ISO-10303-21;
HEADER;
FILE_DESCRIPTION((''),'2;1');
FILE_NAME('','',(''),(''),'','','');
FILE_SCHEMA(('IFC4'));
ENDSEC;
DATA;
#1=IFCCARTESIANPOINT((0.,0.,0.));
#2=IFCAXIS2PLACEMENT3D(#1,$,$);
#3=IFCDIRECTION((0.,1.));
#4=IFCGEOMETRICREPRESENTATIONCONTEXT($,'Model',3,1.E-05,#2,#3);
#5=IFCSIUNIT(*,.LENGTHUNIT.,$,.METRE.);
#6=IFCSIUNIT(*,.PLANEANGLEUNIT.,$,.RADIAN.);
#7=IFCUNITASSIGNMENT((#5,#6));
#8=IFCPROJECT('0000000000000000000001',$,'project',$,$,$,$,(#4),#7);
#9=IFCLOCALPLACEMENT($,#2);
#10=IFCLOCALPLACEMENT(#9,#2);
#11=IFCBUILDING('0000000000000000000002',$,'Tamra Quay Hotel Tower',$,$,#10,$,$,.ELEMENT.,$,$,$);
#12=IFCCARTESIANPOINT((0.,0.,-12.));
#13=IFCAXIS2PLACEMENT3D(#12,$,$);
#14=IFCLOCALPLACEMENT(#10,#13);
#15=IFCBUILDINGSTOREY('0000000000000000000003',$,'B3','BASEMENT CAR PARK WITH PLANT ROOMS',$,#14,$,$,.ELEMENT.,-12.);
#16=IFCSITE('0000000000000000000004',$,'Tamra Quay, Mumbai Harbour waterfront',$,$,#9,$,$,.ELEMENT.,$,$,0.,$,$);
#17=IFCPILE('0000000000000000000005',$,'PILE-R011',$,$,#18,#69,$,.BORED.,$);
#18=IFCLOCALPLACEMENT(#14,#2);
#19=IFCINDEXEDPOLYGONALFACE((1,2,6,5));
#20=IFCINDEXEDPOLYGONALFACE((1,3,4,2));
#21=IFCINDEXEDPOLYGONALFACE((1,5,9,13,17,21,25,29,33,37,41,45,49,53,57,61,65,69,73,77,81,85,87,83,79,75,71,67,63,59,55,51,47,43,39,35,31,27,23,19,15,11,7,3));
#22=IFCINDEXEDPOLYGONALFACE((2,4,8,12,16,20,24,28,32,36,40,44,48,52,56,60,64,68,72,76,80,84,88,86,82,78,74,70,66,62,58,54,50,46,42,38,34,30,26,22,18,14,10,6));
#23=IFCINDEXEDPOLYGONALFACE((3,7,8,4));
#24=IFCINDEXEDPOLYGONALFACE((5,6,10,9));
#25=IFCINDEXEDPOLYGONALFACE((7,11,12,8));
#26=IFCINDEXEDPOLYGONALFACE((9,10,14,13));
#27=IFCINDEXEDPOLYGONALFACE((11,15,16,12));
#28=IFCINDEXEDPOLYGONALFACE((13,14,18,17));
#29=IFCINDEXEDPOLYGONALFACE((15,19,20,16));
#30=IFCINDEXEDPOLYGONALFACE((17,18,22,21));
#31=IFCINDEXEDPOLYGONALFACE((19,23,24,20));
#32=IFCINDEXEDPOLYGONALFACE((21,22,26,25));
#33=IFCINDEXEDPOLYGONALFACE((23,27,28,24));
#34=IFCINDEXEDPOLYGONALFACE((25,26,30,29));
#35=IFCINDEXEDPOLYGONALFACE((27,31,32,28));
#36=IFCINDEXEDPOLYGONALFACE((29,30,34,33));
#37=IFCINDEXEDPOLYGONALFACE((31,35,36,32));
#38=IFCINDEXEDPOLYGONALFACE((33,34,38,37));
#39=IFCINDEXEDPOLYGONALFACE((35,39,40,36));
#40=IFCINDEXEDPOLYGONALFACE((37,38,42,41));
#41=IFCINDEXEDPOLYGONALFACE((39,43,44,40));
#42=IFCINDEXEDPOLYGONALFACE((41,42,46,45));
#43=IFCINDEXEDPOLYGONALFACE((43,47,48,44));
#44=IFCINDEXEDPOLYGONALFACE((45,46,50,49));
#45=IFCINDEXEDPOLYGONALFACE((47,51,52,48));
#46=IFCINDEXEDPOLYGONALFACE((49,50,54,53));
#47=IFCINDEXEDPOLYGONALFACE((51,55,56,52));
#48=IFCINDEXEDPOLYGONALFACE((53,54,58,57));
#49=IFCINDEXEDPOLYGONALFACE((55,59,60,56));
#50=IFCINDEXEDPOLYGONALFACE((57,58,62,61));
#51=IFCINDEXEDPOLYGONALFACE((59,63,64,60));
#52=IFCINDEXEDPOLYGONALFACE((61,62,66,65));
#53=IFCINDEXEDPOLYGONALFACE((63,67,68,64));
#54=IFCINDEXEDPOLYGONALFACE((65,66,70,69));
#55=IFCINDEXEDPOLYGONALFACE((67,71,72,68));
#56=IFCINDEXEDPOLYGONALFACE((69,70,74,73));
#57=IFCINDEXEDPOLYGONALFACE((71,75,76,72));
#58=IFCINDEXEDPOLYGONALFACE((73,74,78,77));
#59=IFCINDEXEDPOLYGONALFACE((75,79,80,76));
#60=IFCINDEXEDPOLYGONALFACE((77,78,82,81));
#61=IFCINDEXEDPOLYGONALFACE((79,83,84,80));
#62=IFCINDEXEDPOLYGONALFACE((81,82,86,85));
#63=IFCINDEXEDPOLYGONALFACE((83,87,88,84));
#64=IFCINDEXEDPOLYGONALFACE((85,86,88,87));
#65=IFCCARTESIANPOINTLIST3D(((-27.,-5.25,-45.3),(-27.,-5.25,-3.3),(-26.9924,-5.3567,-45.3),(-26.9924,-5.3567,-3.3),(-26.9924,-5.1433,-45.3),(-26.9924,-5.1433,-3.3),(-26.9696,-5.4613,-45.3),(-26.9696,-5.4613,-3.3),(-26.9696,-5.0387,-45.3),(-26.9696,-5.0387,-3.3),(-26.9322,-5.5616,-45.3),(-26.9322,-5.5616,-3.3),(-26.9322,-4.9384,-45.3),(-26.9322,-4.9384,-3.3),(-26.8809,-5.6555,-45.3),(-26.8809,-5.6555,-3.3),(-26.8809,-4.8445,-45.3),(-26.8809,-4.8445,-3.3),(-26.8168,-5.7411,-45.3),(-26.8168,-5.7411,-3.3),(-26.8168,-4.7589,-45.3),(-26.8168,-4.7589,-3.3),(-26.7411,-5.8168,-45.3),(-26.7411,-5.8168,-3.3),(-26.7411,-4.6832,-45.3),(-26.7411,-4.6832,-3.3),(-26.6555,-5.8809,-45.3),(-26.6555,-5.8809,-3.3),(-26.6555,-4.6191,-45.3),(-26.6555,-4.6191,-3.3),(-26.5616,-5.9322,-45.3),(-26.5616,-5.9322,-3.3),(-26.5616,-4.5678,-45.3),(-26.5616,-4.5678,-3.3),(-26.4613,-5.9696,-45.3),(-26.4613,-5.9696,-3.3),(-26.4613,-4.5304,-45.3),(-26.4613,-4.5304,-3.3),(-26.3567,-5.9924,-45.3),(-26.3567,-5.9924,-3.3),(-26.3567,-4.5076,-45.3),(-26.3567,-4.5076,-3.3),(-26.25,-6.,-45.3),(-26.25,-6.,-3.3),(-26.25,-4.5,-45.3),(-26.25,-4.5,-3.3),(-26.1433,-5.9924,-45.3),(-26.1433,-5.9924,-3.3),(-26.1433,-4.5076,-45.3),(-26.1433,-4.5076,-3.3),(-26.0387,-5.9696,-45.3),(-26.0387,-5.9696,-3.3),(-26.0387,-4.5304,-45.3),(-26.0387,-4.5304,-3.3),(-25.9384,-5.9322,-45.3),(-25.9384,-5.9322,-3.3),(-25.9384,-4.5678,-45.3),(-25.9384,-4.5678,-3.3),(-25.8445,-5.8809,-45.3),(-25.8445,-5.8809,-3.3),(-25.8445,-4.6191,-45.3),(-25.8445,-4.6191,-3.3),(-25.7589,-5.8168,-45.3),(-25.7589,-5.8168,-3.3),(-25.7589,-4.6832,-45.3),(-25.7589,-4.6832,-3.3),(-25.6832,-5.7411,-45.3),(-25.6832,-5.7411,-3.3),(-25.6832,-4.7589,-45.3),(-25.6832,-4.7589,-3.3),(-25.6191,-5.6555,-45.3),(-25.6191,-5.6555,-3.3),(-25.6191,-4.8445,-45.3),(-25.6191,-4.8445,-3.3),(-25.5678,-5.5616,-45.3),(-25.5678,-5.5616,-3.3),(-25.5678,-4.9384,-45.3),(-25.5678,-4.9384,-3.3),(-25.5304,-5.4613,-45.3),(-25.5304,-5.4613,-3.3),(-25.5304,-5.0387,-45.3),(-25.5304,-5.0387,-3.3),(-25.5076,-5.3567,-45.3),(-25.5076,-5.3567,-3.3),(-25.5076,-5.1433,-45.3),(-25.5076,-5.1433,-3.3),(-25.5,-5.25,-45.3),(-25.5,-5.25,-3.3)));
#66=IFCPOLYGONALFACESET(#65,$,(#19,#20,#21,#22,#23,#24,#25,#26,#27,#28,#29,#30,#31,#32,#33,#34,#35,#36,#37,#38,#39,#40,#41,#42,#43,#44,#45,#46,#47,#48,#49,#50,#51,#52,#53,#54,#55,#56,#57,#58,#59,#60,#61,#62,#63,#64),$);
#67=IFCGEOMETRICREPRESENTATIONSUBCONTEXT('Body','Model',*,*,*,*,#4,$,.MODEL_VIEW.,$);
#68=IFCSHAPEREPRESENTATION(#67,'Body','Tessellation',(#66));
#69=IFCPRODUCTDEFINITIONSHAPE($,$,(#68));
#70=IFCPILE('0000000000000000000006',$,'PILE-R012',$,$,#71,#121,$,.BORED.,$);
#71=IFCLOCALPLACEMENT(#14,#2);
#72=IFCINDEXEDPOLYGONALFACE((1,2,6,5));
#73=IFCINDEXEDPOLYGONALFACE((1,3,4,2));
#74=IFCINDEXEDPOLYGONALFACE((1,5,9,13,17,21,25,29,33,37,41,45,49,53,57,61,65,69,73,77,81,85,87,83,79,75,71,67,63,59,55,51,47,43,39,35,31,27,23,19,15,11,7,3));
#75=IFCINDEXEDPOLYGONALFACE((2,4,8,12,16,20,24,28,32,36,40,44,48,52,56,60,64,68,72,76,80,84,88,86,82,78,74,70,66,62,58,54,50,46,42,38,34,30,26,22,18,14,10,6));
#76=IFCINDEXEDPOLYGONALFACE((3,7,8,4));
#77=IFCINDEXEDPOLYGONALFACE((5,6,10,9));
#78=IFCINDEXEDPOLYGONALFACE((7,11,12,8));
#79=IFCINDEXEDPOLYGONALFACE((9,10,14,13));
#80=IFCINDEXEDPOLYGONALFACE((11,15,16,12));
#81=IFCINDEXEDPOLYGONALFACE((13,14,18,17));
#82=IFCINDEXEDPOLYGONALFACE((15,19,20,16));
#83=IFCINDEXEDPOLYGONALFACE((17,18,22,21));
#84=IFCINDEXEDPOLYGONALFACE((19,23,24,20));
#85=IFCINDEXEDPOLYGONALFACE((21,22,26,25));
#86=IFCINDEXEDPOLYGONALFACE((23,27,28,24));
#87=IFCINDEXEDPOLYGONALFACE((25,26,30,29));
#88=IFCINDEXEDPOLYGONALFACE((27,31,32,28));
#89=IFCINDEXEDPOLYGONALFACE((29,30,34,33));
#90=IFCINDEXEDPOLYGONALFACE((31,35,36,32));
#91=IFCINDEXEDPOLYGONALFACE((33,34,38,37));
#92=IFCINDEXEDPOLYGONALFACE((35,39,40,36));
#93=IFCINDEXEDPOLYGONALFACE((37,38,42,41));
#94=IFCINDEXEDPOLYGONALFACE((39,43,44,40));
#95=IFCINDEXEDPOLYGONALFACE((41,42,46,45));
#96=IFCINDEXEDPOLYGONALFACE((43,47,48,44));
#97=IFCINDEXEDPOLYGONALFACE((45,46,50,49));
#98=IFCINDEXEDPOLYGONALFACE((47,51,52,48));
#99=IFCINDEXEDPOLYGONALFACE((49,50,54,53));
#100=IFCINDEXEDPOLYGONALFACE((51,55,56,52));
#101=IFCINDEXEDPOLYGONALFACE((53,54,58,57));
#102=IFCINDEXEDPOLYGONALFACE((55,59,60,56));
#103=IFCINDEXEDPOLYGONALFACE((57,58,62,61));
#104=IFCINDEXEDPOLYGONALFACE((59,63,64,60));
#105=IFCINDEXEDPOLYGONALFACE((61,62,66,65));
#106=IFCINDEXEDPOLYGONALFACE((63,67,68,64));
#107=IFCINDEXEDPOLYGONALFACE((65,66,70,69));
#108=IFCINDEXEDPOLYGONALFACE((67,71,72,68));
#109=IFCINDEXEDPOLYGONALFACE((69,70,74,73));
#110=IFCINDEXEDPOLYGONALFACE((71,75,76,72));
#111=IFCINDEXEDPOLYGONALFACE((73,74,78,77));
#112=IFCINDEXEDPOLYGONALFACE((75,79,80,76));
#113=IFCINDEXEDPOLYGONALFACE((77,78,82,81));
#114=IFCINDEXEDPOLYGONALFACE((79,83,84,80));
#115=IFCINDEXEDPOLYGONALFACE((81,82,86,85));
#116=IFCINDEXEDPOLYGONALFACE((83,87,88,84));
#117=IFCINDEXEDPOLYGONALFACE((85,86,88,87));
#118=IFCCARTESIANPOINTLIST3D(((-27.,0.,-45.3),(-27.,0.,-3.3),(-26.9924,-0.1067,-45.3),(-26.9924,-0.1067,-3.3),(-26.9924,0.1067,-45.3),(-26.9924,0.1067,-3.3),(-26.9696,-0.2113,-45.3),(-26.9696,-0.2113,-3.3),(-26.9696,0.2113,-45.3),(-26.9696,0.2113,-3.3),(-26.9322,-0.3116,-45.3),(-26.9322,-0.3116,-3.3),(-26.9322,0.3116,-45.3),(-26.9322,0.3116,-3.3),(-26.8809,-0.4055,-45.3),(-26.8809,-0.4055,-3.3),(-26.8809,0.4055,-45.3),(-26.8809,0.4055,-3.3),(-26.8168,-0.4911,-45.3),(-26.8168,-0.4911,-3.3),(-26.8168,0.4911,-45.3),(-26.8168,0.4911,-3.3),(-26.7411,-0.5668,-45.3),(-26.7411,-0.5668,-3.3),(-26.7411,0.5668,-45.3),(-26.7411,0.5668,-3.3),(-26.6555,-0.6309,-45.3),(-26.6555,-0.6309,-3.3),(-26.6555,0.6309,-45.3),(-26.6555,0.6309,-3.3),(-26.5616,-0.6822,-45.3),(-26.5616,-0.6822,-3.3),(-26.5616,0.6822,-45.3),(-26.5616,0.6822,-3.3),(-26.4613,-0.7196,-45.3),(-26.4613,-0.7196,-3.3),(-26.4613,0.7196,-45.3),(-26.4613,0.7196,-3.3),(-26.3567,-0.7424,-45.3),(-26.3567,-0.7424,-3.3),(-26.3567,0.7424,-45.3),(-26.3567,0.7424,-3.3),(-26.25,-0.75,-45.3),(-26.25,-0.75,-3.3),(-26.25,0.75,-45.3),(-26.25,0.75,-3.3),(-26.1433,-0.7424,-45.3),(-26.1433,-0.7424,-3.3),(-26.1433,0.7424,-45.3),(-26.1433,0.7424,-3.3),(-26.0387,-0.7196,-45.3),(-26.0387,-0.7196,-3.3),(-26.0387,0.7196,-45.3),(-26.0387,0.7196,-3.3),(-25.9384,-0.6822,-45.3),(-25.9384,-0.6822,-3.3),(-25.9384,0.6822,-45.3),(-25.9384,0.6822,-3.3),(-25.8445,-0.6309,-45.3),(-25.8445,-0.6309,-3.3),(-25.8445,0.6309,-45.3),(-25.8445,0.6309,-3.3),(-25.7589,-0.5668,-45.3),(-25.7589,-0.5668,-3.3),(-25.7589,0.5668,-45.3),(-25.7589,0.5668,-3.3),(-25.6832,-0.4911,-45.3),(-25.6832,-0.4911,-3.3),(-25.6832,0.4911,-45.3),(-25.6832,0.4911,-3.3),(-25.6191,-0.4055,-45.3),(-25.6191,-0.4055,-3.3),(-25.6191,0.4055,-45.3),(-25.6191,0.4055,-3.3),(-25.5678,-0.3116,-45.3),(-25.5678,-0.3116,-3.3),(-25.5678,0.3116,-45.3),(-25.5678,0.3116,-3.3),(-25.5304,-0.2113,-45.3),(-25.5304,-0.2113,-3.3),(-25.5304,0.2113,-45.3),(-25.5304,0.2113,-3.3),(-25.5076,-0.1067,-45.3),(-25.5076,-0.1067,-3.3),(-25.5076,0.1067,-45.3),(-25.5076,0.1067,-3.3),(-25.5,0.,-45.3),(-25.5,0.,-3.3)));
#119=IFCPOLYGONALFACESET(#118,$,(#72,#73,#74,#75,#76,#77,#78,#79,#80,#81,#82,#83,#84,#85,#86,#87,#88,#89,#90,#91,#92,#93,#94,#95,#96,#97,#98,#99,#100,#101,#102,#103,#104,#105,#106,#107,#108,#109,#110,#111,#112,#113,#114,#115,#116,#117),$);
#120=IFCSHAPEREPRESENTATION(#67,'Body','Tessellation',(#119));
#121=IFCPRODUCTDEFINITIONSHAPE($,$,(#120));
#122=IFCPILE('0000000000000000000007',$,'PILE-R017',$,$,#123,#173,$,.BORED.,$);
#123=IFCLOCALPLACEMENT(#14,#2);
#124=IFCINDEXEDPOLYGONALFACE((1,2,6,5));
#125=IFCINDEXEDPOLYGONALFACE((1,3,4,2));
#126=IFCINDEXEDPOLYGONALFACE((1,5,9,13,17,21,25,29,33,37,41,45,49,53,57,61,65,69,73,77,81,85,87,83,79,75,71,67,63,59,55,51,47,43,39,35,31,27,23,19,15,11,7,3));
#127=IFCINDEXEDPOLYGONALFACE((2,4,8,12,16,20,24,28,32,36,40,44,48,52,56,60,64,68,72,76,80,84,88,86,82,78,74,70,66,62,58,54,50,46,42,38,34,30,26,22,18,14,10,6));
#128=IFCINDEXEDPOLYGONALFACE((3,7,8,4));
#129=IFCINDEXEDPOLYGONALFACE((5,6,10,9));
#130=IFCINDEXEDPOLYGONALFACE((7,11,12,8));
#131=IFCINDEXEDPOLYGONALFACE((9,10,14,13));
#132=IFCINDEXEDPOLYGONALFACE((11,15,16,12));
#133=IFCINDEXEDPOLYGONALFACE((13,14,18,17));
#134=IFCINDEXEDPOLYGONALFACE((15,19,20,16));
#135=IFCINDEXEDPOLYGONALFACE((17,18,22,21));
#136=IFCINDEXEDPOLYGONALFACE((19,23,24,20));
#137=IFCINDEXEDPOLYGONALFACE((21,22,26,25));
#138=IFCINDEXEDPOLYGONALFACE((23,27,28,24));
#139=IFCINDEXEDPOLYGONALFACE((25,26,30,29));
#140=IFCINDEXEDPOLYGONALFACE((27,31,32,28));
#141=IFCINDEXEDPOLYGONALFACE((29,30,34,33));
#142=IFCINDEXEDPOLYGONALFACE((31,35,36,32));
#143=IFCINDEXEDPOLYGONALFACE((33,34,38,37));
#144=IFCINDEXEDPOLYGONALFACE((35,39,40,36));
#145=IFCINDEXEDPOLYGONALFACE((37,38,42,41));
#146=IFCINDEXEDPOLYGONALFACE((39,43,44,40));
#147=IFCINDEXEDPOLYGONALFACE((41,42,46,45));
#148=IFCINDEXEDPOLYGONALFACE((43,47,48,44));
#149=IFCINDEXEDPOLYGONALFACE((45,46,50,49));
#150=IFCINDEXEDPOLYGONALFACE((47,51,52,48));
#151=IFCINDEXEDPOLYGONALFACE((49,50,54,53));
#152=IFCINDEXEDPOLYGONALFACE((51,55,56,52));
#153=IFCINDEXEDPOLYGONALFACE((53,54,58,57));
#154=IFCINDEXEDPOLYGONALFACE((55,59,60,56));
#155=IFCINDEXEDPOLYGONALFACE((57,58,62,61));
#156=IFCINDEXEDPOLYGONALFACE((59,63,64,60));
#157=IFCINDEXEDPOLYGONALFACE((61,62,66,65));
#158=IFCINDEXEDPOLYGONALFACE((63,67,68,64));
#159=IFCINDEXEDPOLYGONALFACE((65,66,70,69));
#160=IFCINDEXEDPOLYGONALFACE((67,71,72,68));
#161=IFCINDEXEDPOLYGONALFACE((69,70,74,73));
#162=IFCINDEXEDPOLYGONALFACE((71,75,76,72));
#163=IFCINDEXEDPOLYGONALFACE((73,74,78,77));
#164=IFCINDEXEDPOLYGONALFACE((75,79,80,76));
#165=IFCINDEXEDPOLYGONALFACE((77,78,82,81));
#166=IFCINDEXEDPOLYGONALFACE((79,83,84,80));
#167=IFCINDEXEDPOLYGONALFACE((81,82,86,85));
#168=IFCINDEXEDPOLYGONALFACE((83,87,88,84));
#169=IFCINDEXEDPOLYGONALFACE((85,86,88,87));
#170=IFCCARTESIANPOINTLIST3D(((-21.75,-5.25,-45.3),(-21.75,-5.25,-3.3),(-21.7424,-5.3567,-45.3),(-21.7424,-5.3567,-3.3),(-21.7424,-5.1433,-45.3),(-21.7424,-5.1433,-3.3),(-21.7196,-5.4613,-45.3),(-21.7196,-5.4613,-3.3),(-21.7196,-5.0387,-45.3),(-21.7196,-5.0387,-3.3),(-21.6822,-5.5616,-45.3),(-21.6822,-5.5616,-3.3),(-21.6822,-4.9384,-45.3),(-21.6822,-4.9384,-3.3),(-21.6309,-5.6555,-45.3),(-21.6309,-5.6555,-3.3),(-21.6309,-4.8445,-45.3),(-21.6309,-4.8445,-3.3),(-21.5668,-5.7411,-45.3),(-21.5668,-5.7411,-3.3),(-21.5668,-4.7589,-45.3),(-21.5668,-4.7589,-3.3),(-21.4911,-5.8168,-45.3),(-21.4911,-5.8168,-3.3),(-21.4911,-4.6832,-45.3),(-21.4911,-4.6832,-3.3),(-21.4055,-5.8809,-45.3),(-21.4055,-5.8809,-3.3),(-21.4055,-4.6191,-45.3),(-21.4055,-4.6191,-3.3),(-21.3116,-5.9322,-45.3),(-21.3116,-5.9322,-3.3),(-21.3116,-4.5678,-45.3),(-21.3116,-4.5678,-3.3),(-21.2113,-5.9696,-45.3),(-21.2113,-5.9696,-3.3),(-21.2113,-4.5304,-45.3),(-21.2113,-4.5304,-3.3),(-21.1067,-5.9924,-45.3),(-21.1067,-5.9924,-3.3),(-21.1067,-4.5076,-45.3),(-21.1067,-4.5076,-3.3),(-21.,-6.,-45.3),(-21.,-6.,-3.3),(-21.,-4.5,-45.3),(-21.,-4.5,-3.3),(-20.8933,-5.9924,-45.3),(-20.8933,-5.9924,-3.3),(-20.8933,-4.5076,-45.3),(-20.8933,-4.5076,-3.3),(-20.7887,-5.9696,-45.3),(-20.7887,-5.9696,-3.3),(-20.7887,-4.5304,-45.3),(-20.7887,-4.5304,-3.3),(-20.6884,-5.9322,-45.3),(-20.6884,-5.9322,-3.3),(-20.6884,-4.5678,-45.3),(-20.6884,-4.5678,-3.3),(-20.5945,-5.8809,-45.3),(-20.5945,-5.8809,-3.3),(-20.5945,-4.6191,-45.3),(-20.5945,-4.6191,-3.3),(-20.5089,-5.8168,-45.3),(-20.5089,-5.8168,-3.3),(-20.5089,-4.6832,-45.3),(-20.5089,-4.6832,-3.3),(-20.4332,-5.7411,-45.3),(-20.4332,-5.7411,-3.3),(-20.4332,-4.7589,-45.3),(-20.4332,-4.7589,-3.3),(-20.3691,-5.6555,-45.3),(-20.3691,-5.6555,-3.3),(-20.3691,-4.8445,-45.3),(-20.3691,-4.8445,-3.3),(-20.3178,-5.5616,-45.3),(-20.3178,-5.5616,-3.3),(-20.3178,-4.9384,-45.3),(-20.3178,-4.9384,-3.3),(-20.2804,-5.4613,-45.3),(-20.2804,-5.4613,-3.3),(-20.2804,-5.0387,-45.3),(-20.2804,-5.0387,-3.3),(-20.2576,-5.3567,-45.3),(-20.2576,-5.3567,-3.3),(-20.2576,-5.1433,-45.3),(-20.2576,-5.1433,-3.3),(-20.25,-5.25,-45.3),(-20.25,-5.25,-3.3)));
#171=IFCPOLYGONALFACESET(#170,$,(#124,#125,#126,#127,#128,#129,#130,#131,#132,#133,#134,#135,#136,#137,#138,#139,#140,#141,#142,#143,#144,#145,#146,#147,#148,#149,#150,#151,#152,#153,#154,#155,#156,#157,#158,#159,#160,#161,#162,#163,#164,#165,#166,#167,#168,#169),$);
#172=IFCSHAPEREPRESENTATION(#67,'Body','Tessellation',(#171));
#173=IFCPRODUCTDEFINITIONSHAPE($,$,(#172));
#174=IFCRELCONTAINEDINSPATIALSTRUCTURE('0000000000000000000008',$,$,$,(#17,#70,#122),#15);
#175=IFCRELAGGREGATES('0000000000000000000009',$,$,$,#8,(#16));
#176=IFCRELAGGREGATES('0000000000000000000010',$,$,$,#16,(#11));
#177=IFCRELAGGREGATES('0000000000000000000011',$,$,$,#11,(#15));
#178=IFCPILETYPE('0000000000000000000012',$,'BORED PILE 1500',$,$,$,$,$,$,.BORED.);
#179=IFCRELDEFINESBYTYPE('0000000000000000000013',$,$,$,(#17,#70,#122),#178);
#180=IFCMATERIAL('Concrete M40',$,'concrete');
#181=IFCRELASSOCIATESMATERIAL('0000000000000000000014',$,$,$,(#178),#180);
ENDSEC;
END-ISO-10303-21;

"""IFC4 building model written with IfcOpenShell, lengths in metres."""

from ifc_helpers import new_model, si_unit, direction, frame, origin, origin_2d, place, context, subcontext, project, spatial, circle, extrude, material, material_profile, profile_set, type_object, element, save


model = new_model("IFC4")

# Units and contexts
model_context = context("Model", 3, precision=1e-05, world=origin(), true_north=direction((0.0, 1.0)))
body_context = subcontext(model_context, "Body", "Model", "MODEL_VIEW")
ifc_project = project(units=[si_unit("LENGTHUNIT", "METRE"), si_unit("PLANEANGLEUNIT", "RADIAN")], contexts=[model_context])

# Site, building, storey
site_placement = place(None, origin())
site = spatial("IfcSite", under=ifc_project, at=site_placement, Name="Tamra Quay, Mumbai Harbour waterfront", CompositionType="ELEMENT", RefElevation=0.0)
building_placement = place(site_placement, origin())
building = spatial("IfcBuilding", under=site, at=building_placement, Name="Tamra Quay Hotel Tower", CompositionType="ELEMENT")
storey_placement = place(building_placement, frame((0.0, 0.0, -12.0)))
storey = spatial("IfcBuildingStorey", under=building, at=storey_placement, Name="B3", Description="BASEMENT CAR PARK WITH PLANT ROOMS", CompositionType="ELEMENT", Elevation=-12.0)

# Piles
ifc_material_1 = material(Name="Concrete M40", Category="concrete")
ifc_material_profile_1 = material_profile(ifc_material_1, circle(Radius=0.75, at=origin_2d()), Name="BORED PILE 1500")
ifc_profile_set_1 = profile_set([ifc_material_profile_1], Name="Concrete M40")
pile_type = type_object("IfcPileType", Name="BORED PILE 1500", PredefinedType="BORED", material=ifc_profile_set_1)
for number, where, z_axis, x_axis, name in (
    (1, (-26.25, -5.25, -3.3), (0.0, 0.0, -1.0), (1.0, 0.0, 0.0), "PILE-R011"),
    (2, (-26.25, 0.0, -3.3), (0.0, 0.0, -1.0), (1.0, 0.0, 0.0), "PILE-R012"),
    (3, (-21.0, -5.25, -3.3), (0.0, 0.0, -1.0), (1.0, 0.0, 0.0), "PILE-R017"),
):
    element("IfcPile", number, at=place(storey_placement, frame(where, z_axis=z_axis, x_axis=x_axis)), inside=storey, type_object=pile_type, Name=name, PredefinedType="BORED", context=body_context, shape_type="SweptSolid", body=[
        extrude(circle(Radius=0.75, at=origin_2d()), origin(), (0.0, 0.0, 1.0), 42.0),
    ])

save(model, "model.ifc")
